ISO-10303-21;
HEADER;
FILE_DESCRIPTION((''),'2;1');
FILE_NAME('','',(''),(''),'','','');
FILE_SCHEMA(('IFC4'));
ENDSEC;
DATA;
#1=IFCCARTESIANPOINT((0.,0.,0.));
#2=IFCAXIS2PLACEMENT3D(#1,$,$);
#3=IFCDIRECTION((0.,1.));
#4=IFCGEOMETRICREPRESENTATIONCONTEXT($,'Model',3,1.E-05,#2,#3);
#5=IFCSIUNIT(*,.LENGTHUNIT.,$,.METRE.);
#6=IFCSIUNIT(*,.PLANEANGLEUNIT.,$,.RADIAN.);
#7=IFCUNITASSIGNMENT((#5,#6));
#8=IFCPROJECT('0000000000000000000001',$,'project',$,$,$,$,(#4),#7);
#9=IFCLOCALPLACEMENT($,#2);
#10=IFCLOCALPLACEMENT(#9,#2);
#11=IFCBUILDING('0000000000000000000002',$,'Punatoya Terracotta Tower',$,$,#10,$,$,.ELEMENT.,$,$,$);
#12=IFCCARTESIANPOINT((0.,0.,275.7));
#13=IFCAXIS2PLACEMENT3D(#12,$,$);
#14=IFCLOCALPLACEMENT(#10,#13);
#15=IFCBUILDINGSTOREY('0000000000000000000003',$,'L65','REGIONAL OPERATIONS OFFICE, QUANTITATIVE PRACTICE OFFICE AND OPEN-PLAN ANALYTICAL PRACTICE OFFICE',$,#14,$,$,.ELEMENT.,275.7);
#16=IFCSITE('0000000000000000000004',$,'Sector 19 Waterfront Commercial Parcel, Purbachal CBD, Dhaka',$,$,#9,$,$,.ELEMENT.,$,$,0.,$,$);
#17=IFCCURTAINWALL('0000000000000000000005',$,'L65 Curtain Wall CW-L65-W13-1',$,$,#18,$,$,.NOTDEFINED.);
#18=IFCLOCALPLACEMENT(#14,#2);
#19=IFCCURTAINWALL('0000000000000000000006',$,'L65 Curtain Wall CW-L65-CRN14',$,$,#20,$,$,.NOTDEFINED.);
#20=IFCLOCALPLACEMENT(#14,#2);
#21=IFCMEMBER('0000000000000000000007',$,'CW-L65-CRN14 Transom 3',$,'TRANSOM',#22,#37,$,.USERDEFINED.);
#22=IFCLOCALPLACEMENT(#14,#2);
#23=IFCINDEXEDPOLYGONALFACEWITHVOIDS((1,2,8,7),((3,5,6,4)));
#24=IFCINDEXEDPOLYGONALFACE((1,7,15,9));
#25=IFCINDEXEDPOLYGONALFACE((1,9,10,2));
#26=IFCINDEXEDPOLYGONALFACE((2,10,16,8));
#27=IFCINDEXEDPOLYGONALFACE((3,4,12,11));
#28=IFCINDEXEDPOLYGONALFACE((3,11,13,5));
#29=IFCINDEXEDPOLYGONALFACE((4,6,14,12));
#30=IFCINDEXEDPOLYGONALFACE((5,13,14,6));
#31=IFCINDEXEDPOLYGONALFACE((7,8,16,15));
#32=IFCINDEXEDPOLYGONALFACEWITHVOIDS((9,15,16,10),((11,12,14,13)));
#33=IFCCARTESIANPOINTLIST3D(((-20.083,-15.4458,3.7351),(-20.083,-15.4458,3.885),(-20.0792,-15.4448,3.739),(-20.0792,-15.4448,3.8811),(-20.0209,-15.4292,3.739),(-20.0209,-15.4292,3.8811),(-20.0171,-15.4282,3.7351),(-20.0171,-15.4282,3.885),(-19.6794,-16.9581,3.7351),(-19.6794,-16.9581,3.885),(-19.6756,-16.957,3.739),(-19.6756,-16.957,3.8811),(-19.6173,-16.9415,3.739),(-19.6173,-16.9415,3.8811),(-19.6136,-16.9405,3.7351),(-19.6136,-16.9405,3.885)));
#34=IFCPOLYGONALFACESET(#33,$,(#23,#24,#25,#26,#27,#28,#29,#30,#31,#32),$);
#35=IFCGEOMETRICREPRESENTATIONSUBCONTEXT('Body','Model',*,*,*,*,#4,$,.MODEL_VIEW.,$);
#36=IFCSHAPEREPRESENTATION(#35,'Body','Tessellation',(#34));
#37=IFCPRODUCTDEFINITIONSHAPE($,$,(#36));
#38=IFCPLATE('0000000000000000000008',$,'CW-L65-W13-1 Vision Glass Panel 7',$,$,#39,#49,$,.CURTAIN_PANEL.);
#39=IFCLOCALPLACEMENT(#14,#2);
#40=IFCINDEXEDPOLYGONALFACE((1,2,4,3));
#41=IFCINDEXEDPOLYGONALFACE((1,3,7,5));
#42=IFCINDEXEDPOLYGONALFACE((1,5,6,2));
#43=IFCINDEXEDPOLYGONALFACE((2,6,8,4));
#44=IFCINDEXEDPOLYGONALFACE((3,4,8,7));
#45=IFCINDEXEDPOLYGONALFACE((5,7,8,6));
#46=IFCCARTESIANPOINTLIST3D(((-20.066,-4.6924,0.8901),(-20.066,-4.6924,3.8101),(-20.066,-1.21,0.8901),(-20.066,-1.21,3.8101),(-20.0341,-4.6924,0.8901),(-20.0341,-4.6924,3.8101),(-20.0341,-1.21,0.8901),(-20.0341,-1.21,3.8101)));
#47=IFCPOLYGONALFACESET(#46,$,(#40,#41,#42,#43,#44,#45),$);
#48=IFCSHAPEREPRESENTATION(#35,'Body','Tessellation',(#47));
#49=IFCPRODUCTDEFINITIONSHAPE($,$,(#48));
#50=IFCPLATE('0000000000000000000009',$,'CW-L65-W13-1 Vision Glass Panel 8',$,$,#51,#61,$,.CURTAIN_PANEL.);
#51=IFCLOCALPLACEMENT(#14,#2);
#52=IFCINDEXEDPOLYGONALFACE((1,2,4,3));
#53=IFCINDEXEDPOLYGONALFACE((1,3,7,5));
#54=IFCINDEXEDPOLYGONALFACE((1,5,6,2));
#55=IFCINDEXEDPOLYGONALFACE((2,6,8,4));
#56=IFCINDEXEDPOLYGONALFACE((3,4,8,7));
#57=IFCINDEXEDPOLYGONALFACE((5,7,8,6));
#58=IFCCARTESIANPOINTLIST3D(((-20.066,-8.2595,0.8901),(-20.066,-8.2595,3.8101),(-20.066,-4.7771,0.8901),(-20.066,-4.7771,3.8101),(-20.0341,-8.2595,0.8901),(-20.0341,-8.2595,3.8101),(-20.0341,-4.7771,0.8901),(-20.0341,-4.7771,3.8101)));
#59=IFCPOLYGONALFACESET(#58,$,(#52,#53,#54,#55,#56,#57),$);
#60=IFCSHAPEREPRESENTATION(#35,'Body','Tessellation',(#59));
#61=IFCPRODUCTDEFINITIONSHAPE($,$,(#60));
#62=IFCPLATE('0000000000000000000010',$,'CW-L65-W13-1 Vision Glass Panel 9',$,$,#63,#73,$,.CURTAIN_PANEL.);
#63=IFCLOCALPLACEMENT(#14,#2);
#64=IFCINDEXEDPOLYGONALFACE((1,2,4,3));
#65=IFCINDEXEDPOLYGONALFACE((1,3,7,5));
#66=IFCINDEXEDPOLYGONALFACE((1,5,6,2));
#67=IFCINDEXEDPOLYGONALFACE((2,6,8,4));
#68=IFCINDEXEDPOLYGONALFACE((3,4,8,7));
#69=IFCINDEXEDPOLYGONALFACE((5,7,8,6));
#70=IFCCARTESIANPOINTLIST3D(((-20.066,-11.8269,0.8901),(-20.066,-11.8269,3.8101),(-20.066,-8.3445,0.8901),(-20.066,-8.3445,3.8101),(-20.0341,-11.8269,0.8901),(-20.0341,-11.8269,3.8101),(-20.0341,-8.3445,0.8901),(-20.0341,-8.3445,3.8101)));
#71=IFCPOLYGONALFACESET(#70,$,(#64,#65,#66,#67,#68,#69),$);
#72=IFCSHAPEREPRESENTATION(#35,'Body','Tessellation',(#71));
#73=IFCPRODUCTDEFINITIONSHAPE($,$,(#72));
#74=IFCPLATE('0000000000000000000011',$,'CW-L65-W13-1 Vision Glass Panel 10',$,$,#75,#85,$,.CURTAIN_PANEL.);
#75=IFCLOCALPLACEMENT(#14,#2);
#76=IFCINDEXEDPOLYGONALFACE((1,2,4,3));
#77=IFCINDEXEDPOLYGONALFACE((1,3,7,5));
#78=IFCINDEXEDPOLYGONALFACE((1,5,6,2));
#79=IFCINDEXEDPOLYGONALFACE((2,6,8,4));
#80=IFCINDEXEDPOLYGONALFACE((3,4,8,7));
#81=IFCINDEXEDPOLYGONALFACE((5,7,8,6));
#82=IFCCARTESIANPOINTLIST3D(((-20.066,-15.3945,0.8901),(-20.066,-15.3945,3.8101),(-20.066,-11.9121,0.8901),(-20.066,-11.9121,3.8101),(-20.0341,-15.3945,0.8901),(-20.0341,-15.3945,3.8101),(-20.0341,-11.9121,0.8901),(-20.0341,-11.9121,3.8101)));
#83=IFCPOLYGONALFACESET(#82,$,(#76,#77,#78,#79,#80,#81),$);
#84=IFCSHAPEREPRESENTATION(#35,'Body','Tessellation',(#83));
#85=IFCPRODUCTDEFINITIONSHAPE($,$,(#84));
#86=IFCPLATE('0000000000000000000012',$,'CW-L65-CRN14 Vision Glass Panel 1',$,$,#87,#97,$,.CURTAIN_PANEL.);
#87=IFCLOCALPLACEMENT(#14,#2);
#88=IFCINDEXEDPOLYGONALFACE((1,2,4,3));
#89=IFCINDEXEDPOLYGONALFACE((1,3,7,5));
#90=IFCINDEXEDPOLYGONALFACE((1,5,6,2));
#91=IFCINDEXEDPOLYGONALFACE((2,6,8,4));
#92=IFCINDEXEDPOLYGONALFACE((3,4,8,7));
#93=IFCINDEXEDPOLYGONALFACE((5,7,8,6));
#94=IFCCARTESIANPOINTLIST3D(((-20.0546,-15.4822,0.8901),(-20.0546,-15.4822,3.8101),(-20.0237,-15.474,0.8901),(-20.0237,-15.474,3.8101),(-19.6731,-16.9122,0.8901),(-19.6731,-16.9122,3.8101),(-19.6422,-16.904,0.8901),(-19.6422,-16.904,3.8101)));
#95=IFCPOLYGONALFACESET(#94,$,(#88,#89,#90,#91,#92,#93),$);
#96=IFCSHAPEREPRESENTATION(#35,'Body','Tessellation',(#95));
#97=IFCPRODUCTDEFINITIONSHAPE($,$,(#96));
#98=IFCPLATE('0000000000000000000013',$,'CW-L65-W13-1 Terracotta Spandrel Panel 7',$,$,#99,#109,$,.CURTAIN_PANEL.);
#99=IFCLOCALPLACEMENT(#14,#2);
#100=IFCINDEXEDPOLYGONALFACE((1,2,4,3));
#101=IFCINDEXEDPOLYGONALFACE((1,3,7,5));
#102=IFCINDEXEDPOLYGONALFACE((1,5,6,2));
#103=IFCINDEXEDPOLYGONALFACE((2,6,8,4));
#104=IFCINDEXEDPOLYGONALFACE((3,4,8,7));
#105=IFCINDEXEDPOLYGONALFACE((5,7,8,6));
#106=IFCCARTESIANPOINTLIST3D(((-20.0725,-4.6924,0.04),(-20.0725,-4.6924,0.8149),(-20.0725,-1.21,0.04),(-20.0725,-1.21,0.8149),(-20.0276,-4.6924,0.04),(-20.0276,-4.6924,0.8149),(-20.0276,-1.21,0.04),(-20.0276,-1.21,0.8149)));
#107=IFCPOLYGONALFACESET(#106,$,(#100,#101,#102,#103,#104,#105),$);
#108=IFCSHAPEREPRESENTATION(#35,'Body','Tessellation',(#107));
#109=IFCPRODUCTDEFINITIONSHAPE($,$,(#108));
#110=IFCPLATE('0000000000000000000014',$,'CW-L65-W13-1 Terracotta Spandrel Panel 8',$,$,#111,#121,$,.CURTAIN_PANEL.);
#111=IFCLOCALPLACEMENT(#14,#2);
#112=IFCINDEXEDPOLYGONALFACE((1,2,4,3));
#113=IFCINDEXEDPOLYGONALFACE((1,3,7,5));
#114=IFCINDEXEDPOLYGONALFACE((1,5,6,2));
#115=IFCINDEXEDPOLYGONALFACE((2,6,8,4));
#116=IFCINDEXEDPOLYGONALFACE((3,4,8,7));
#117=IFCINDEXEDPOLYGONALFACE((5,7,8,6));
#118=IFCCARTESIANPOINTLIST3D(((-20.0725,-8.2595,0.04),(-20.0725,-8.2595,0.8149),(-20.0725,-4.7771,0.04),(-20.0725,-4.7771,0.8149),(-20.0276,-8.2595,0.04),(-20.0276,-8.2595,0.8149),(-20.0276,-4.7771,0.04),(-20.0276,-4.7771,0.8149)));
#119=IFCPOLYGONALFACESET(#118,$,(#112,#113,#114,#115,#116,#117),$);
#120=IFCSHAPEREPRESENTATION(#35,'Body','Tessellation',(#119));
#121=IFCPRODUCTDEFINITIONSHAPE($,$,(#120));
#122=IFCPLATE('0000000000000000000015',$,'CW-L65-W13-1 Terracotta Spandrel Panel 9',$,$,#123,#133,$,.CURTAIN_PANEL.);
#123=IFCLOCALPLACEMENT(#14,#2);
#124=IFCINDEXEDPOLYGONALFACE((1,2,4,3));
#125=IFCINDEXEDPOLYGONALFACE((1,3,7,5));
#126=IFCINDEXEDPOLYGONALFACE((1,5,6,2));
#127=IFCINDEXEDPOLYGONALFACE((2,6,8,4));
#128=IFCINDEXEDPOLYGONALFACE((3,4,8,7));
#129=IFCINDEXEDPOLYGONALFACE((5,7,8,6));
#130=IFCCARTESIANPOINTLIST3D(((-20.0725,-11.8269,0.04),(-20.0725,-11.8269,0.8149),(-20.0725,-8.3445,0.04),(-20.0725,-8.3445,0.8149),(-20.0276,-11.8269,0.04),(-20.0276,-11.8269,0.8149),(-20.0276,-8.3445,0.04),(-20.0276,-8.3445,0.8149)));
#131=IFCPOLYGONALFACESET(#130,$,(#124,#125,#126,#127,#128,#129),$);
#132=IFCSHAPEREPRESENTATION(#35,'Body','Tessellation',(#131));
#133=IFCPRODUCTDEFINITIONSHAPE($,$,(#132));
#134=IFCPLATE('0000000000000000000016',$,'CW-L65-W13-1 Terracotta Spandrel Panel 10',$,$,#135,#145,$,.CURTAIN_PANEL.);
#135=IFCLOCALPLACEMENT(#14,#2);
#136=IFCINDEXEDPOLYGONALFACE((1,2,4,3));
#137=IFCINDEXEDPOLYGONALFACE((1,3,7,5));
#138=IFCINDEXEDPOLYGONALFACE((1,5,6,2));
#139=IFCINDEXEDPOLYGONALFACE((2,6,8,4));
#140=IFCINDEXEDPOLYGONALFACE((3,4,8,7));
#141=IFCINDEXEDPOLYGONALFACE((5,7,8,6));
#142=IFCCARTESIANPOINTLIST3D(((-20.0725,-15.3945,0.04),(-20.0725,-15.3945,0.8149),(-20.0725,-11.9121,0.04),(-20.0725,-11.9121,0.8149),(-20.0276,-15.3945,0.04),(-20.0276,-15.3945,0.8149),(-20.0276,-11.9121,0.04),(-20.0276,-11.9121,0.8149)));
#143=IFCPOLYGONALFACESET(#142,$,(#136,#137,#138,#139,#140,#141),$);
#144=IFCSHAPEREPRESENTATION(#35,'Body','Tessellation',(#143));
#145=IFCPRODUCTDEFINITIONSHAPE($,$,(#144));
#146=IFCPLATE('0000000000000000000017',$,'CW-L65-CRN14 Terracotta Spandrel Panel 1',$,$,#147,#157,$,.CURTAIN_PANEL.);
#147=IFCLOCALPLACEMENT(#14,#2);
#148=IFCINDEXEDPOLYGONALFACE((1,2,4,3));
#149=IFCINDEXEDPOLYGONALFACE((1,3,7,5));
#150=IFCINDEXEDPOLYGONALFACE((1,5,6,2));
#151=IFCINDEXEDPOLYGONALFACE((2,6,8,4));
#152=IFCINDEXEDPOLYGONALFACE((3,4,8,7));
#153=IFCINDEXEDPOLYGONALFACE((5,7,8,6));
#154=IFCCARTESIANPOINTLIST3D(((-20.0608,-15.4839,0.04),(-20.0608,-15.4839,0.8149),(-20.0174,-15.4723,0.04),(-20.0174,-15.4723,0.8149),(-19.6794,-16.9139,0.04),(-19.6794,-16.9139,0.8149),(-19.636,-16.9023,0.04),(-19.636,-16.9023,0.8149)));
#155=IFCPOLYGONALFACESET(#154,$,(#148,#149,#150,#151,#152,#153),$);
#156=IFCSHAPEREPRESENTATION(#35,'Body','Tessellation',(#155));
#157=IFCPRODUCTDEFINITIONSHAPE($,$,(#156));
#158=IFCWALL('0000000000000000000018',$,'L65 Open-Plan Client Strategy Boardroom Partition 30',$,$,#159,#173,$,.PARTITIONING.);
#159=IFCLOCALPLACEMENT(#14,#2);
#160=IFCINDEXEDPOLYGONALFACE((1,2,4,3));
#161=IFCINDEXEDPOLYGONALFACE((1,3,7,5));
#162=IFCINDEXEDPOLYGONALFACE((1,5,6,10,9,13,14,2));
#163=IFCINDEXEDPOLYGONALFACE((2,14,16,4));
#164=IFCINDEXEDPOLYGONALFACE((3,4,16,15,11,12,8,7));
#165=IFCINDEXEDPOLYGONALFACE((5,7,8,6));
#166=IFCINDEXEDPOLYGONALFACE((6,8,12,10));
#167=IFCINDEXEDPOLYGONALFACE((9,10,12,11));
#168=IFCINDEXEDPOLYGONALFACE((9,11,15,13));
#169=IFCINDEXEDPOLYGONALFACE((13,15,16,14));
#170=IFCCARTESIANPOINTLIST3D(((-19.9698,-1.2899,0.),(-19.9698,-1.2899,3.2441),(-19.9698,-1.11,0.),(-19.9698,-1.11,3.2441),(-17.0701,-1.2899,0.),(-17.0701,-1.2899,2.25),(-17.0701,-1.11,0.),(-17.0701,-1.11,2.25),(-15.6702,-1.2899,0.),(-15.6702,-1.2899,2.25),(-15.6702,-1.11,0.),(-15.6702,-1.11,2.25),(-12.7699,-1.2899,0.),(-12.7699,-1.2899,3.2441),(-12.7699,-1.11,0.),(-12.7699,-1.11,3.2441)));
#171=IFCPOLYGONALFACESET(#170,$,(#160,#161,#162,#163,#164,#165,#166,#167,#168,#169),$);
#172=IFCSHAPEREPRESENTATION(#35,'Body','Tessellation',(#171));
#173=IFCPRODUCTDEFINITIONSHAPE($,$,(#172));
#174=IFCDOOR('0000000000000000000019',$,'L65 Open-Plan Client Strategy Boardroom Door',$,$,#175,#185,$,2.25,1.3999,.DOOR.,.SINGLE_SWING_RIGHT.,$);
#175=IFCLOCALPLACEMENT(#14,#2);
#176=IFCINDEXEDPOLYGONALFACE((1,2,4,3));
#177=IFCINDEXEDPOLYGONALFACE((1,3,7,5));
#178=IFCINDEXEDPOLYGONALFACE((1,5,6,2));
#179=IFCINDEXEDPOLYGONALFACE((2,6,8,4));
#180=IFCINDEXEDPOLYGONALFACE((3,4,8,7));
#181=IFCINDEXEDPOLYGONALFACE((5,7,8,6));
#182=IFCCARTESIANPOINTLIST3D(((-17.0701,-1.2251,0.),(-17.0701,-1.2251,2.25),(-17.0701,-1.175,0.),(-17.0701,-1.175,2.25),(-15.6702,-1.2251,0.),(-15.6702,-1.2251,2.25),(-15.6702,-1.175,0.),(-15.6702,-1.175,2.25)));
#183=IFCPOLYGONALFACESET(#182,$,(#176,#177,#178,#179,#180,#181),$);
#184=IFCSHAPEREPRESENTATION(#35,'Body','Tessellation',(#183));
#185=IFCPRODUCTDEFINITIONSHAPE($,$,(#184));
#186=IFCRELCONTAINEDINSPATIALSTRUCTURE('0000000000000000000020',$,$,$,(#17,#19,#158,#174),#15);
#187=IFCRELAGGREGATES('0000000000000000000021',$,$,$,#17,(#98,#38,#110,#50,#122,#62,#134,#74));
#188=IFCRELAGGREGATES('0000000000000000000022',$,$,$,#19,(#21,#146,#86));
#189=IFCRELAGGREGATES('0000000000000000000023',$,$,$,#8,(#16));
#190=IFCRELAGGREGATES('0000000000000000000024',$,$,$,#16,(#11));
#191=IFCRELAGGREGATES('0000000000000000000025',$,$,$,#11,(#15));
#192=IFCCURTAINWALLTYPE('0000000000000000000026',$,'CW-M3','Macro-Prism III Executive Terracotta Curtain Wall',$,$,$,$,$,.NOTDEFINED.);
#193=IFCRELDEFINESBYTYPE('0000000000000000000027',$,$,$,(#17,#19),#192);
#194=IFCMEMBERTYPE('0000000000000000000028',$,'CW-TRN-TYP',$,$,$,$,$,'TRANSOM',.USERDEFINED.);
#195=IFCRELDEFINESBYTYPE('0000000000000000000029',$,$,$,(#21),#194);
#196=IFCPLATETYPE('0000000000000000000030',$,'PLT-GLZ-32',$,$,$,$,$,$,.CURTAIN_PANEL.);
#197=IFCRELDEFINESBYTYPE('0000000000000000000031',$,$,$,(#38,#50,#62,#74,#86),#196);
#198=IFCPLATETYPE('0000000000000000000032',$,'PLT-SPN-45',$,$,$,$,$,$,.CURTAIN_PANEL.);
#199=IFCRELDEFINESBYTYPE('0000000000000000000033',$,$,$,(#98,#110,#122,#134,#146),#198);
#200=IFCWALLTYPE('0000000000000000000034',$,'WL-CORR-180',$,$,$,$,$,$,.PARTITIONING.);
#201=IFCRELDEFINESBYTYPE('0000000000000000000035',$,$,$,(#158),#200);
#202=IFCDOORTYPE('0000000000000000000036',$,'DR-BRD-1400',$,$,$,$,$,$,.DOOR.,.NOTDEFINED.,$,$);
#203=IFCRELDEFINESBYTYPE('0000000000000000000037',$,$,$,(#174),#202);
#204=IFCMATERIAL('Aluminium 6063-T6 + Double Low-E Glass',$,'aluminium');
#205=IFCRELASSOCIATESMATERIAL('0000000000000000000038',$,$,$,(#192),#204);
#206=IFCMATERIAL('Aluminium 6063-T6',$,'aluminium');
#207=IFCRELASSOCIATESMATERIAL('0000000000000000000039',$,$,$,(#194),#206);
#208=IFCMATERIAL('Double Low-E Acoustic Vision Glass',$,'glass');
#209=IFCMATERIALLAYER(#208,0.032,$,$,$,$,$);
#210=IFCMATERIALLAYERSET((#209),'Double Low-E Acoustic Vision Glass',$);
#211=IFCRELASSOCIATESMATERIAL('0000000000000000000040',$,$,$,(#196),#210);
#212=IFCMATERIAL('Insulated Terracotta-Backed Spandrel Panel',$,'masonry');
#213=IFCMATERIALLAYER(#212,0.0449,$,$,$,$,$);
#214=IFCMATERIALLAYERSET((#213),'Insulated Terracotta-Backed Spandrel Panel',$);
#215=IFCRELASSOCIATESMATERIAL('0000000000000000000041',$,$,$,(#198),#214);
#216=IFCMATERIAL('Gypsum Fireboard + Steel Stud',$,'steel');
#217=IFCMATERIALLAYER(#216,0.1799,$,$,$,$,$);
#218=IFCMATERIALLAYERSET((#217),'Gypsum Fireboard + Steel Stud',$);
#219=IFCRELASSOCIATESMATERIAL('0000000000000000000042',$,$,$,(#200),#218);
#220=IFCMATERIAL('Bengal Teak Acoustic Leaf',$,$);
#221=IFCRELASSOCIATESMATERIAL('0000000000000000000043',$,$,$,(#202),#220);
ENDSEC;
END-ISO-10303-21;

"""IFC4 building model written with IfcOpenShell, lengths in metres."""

from ifc_helpers import new_model, si_unit, direction, frame, frame_2d, origin, origin_2d, place, context, subcontext, project, spatial, rectangle, hollow_rectangle, extrude, material, layer, layer_set, material_profile, profile_set, type_object, element, fill, aggregate, save


model = new_model("IFC4")

# Units and contexts
model_context = context("Model", 3, precision=1e-05, world=origin(), true_north=direction((0.0, 1.0)))
body_context = subcontext(model_context, "Body", "Model", "MODEL_VIEW")
ifc_project = project(units=[si_unit("LENGTHUNIT", "METRE"), si_unit("PLANEANGLEUNIT", "RADIAN")], contexts=[model_context])

# Site, building, storey
site_placement = place(None, origin())
site = spatial("IfcSite", under=ifc_project, at=site_placement, Name="Sector 19 Waterfront Commercial Parcel, Purbachal CBD, Dhaka", CompositionType="ELEMENT", RefElevation=0.0)
building_placement = place(site_placement, origin())
building = spatial("IfcBuilding", under=site, at=building_placement, Name="Punatoya Terracotta Tower", CompositionType="ELEMENT")
storey_placement = place(building_placement, frame((0.0, 0.0, 275.7)))
storey = spatial("IfcBuildingStorey", under=building, at=storey_placement, Name="L65", Description="REGIONAL OPERATIONS OFFICE, QUANTITATIVE PRACTICE OFFICE AND OPEN-PLAN ANALYTICAL PRACTICE OFFICE", CompositionType="ELEMENT", Elevation=275.7)

# Curtain walls, member
ifc_material_1 = material(Name="Aluminium 6063-T6 + Double Low-E Glass", Category="aluminium")
curtain_wall_type = type_object("IfcCurtainWallType", Name="CW-M3", Description="Macro-Prism III Executive Terracotta Curtain Wall", PredefinedType="NOTDEFINED", material=ifc_material_1)
curtain_wall_1_placement = place(storey_placement, origin())
curtain_wall_1 = element("IfcCurtainWall", 1, at=curtain_wall_1_placement, inside=storey, type_object=curtain_wall_type, Name="L65 Curtain Wall CW-L65-W13-1", PredefinedType="NOTDEFINED")
ifc_material_2 = material(Name="Aluminium 6063-T6", Category="aluminium")
curtain_wall_2_placement = place(storey_placement, origin())
curtain_wall_2 = element("IfcCurtainWall", 2, at=curtain_wall_2_placement, inside=storey, type_object=curtain_wall_type, Name="L65 Curtain Wall CW-L65-CRN14", PredefinedType="NOTDEFINED")
ifc_material_profile_1 = material_profile(ifc_material_2, hollow_rectangle(XDim=0.0681, YDim=0.1499, WallThickness=0.0039, at=origin_2d()))
ifc_profile_set_1 = profile_set([ifc_material_profile_1], Name="Aluminium 6063-T6")
member_type_1 = type_object("IfcMemberType", Name="CW-TRN-TYP", ElementType="TRANSOM", PredefinedType="USERDEFINED", material=ifc_profile_set_1)
member_1_placement = place(storey_placement, frame((-20.05, -15.437, 3.8101), z_axis=(0.257847, -0.966186, 0.0), x_axis=(0.966186, 0.257847, 0.0)))
member_1 = element("IfcMember", 3, at=member_1_placement, type_object=member_type_1, Name="CW-L65-CRN14 Transom 3", ObjectType="TRANSOM", PredefinedType="USERDEFINED", context=body_context, shape_type="SweptSolid", body=[
    extrude(hollow_rectangle(XDim=0.0681, YDim=0.1499, WallThickness=0.0039, at=origin_2d()), origin(), (0.0, 0.0, 1.0), 1.5652),
])

# Plates
ifc_material_3 = material(Name="Double Low-E Acoustic Vision Glass", Category="glass")
ifc_layer_1 = layer(ifc_material_3, 0.032)
ifc_layer_set_1 = layer_set([ifc_layer_1], Name="Double Low-E Acoustic Vision Glass")
plate_type_1 = type_object("IfcPlateType", Name="PLT-GLZ-32", PredefinedType="CURTAIN_PANEL", material=ifc_layer_set_1)
plate_1_placement = place(storey_placement, frame((-20.05, -2.9512, 0.8901), z_axis=(0.0, 0.0, 1.0), x_axis=(0.0, -1.0, 0.0)))
plate_1 = element("IfcPlate", 4, at=plate_1_placement, type_object=plate_type_1, Name="CW-L65-W13-1 Vision Glass Panel 7", PredefinedType="CURTAIN_PANEL", context=body_context, shape_type="SweptSolid", body=[
    extrude(rectangle(XDim=3.4824, YDim=0.032, at=origin_2d()), origin(), (0.0, 0.0, 1.0), 2.9199),
])
plate_2_placement = place(storey_placement, frame((-20.05, -6.5183, 0.8901), z_axis=(0.0, 0.0, 1.0), x_axis=(0.0, -1.0, 0.0)))
plate_2 = element("IfcPlate", 5, at=plate_2_placement, type_object=plate_type_1, Name="CW-L65-W13-1 Vision Glass Panel 8", PredefinedType="CURTAIN_PANEL", context=body_context, shape_type="SweptSolid", body=[
    extrude(rectangle(XDim=3.4824, YDim=0.032, at=origin_2d()), origin(), (0.0, 0.0, 1.0), 2.9199),
])
plate_3_placement = place(storey_placement, frame((-20.05, -10.0857, 0.8901), z_axis=(0.0, 0.0, 1.0), x_axis=(0.0, -1.0, 0.0)))
plate_3 = element("IfcPlate", 6, at=plate_3_placement, type_object=plate_type_1, Name="CW-L65-W13-1 Vision Glass Panel 9", PredefinedType="CURTAIN_PANEL", context=body_context, shape_type="SweptSolid", body=[
    extrude(rectangle(XDim=3.4824, YDim=0.032, at=origin_2d()), origin(), (0.0, 0.0, 1.0), 2.9199),
])
plate_4_placement = place(storey_placement, frame((-20.05, -13.6533, 0.8901), z_axis=(0.0, 0.0, 1.0), x_axis=(0.0, -1.0, 0.0)))
plate_4 = element("IfcPlate", 7, at=plate_4_placement, type_object=plate_type_1, Name="CW-L65-W13-1 Vision Glass Panel 10", PredefinedType="CURTAIN_PANEL", context=body_context, shape_type="SweptSolid", body=[
    extrude(rectangle(XDim=3.4824, YDim=0.032, at=origin_2d()), origin(), (0.0, 0.0, 1.0), 2.9199),
])
plate_5_placement = place(storey_placement, frame((-19.8484, -16.1931, 0.8901), z_axis=(0.0, 0.0, 1.0), x_axis=(0.257742, -0.966214, 0.0)))
plate_5 = element("IfcPlate", 8, at=plate_5_placement, type_object=plate_type_1, Name="CW-L65-CRN14 Vision Glass Panel 1", PredefinedType="CURTAIN_PANEL", context=body_context, shape_type="SweptSolid", body=[
    extrude(rectangle(XDim=1.48, YDim=0.032, at=origin_2d()), origin(), (0.0, 0.0, 1.0), 2.9199),
])
ifc_material_4 = material(Name="Insulated Terracotta-Backed Spandrel Panel", Category="masonry")
ifc_layer_2 = layer(ifc_material_4, 0.0449)
ifc_layer_set_2 = layer_set([ifc_layer_2], Name="Insulated Terracotta-Backed Spandrel Panel")
plate_type_2 = type_object("IfcPlateType", Name="PLT-SPN-45", PredefinedType="CURTAIN_PANEL", material=ifc_layer_set_2)
plate_6_placement = place(storey_placement, frame((-20.05, -2.9512, 0.04), z_axis=(0.0, 0.0, 1.0), x_axis=(0.0, -1.0, 0.0)))
plate_6 = element("IfcPlate", 9, at=plate_6_placement, type_object=plate_type_2, Name="CW-L65-W13-1 Terracotta Spandrel Panel 7", PredefinedType="CURTAIN_PANEL", context=body_context, shape_type="SweptSolid", body=[
    extrude(rectangle(XDim=3.4824, YDim=0.0449, at=origin_2d()), origin(), (0.0, 0.0, 1.0), 0.7749),
])
plate_7_placement = place(storey_placement, frame((-20.05, -6.5183, 0.04), z_axis=(0.0, 0.0, 1.0), x_axis=(0.0, -1.0, 0.0)))
plate_7 = element("IfcPlate", 10, at=plate_7_placement, type_object=plate_type_2, Name="CW-L65-W13-1 Terracotta Spandrel Panel 8", PredefinedType="CURTAIN_PANEL", context=body_context, shape_type="SweptSolid", body=[
    extrude(rectangle(XDim=3.4824, YDim=0.0449, at=origin_2d()), origin(), (0.0, 0.0, 1.0), 0.7749),
])
plate_8_placement = place(storey_placement, frame((-20.05, -10.0857, 0.04), z_axis=(0.0, 0.0, 1.0), x_axis=(0.0, -1.0, 0.0)))
plate_8 = element("IfcPlate", 11, at=plate_8_placement, type_object=plate_type_2, Name="CW-L65-W13-1 Terracotta Spandrel Panel 9", PredefinedType="CURTAIN_PANEL", context=body_context, shape_type="SweptSolid", body=[
    extrude(rectangle(XDim=3.4824, YDim=0.0449, at=origin_2d()), origin(), (0.0, 0.0, 1.0), 0.7749),
])
plate_9_placement = place(storey_placement, frame((-20.05, -13.6533, 0.04), z_axis=(0.0, 0.0, 1.0), x_axis=(0.0, -1.0, 0.0)))
plate_9 = element("IfcPlate", 12, at=plate_9_placement, type_object=plate_type_2, Name="CW-L65-W13-1 Terracotta Spandrel Panel 10", PredefinedType="CURTAIN_PANEL", context=body_context, shape_type="SweptSolid", body=[
    extrude(rectangle(XDim=3.4824, YDim=0.0449, at=origin_2d()), origin(), (0.0, 0.0, 1.0), 0.7749),
])
aggregate(curtain_wall_1, [plate_6, plate_1, plate_7, plate_2, plate_8, plate_3, plate_9, plate_4])
plate_10_placement = place(storey_placement, frame((-19.8484, -16.1931, 0.04), z_axis=(0.0, 0.0, 1.0), x_axis=(0.257742, -0.966214, 0.0)))
plate_10 = element("IfcPlate", 13, at=plate_10_placement, type_object=plate_type_2, Name="CW-L65-CRN14 Terracotta Spandrel Panel 1", PredefinedType="CURTAIN_PANEL", context=body_context, shape_type="SweptSolid", body=[
    extrude(rectangle(XDim=1.48, YDim=0.0449, at=origin_2d()), origin(), (0.0, 0.0, 1.0), 0.7749),
])
aggregate(curtain_wall_2, [member_1, plate_10, plate_5])

# Wall, opening, door
ifc_material_5 = material(Name="Gypsum Fireboard + Steel Stud", Category="steel")
ifc_layer_3 = layer(ifc_material_5, 0.1799)
ifc_layer_set_3 = layer_set([ifc_layer_3], Name="Gypsum Fireboard + Steel Stud")
wall_type_1 = type_object("IfcWallType", Name="WL-CORR-180", PredefinedType="PARTITIONING", material=ifc_layer_set_3)
wall_1_placement = place(storey_placement, frame((-19.97, -1.2, 0.0), z_axis=(0.0, 0.0, 1.0), x_axis=(1.0, 0.0, 0.0)))
wall_1 = element("IfcWall", 14, at=wall_1_placement, inside=storey, type_object=wall_type_1, Name="L65 Open-Plan Client Strategy Boardroom Partition 30", PredefinedType="PARTITIONING", context=body_context, shape_type="SweptSolid", body=[
    extrude(rectangle(XDim=7.2, YDim=0.1799, at=frame_2d((3.6001, 0.0))), origin(), (0.0, 0.0, 1.0), 3.2441),
])
opening_placement = place(wall_1_placement, frame((2.8999, 0.0, 0.0)))
opening = element("IfcOpeningElement", 15, at=opening_placement, cuts=wall_1, PredefinedType="OPENING", context=body_context, shape_type="SweptSolid", body=[
    extrude(rectangle(XDim=1.3999, YDim=2.25, at=frame_2d((0.7, 1.125))), frame((0.0, 0.0999, 0.0), z_axis=(0.0, -1.0, 0.0), x_axis=(1.0, 0.0, 0.0)), (0.0, 0.0, 1.0), 0.2),
])
ifc_material_6 = material(Name="Bengal Teak Acoustic Leaf")
door_type = type_object("IfcDoorType", Name="DR-BRD-1400", OperationType="NOTDEFINED", PredefinedType="DOOR", material=ifc_material_6)
door_placement = place(opening_placement, origin())
door = element("IfcDoor", 16, at=door_placement, inside=storey, type_object=door_type, Name="L65 Open-Plan Client Strategy Boardroom Door", OperationType="SINGLE_SWING_RIGHT", OverallHeight=2.25, OverallWidth=1.3999, PredefinedType="DOOR", context=body_context, shape_type="SweptSolid", body=[
    extrude(rectangle(XDim=1.3999, YDim=2.25, at=frame_2d((0.7, 1.125))), frame((0.0, 0.0249, 0.0), z_axis=(0.0, -1.0, 0.0), x_axis=(1.0, 0.0, 0.0)), (0.0, 0.0, 1.0), 0.05),
])
fill(opening, door)

save(model, "model.ifc")
